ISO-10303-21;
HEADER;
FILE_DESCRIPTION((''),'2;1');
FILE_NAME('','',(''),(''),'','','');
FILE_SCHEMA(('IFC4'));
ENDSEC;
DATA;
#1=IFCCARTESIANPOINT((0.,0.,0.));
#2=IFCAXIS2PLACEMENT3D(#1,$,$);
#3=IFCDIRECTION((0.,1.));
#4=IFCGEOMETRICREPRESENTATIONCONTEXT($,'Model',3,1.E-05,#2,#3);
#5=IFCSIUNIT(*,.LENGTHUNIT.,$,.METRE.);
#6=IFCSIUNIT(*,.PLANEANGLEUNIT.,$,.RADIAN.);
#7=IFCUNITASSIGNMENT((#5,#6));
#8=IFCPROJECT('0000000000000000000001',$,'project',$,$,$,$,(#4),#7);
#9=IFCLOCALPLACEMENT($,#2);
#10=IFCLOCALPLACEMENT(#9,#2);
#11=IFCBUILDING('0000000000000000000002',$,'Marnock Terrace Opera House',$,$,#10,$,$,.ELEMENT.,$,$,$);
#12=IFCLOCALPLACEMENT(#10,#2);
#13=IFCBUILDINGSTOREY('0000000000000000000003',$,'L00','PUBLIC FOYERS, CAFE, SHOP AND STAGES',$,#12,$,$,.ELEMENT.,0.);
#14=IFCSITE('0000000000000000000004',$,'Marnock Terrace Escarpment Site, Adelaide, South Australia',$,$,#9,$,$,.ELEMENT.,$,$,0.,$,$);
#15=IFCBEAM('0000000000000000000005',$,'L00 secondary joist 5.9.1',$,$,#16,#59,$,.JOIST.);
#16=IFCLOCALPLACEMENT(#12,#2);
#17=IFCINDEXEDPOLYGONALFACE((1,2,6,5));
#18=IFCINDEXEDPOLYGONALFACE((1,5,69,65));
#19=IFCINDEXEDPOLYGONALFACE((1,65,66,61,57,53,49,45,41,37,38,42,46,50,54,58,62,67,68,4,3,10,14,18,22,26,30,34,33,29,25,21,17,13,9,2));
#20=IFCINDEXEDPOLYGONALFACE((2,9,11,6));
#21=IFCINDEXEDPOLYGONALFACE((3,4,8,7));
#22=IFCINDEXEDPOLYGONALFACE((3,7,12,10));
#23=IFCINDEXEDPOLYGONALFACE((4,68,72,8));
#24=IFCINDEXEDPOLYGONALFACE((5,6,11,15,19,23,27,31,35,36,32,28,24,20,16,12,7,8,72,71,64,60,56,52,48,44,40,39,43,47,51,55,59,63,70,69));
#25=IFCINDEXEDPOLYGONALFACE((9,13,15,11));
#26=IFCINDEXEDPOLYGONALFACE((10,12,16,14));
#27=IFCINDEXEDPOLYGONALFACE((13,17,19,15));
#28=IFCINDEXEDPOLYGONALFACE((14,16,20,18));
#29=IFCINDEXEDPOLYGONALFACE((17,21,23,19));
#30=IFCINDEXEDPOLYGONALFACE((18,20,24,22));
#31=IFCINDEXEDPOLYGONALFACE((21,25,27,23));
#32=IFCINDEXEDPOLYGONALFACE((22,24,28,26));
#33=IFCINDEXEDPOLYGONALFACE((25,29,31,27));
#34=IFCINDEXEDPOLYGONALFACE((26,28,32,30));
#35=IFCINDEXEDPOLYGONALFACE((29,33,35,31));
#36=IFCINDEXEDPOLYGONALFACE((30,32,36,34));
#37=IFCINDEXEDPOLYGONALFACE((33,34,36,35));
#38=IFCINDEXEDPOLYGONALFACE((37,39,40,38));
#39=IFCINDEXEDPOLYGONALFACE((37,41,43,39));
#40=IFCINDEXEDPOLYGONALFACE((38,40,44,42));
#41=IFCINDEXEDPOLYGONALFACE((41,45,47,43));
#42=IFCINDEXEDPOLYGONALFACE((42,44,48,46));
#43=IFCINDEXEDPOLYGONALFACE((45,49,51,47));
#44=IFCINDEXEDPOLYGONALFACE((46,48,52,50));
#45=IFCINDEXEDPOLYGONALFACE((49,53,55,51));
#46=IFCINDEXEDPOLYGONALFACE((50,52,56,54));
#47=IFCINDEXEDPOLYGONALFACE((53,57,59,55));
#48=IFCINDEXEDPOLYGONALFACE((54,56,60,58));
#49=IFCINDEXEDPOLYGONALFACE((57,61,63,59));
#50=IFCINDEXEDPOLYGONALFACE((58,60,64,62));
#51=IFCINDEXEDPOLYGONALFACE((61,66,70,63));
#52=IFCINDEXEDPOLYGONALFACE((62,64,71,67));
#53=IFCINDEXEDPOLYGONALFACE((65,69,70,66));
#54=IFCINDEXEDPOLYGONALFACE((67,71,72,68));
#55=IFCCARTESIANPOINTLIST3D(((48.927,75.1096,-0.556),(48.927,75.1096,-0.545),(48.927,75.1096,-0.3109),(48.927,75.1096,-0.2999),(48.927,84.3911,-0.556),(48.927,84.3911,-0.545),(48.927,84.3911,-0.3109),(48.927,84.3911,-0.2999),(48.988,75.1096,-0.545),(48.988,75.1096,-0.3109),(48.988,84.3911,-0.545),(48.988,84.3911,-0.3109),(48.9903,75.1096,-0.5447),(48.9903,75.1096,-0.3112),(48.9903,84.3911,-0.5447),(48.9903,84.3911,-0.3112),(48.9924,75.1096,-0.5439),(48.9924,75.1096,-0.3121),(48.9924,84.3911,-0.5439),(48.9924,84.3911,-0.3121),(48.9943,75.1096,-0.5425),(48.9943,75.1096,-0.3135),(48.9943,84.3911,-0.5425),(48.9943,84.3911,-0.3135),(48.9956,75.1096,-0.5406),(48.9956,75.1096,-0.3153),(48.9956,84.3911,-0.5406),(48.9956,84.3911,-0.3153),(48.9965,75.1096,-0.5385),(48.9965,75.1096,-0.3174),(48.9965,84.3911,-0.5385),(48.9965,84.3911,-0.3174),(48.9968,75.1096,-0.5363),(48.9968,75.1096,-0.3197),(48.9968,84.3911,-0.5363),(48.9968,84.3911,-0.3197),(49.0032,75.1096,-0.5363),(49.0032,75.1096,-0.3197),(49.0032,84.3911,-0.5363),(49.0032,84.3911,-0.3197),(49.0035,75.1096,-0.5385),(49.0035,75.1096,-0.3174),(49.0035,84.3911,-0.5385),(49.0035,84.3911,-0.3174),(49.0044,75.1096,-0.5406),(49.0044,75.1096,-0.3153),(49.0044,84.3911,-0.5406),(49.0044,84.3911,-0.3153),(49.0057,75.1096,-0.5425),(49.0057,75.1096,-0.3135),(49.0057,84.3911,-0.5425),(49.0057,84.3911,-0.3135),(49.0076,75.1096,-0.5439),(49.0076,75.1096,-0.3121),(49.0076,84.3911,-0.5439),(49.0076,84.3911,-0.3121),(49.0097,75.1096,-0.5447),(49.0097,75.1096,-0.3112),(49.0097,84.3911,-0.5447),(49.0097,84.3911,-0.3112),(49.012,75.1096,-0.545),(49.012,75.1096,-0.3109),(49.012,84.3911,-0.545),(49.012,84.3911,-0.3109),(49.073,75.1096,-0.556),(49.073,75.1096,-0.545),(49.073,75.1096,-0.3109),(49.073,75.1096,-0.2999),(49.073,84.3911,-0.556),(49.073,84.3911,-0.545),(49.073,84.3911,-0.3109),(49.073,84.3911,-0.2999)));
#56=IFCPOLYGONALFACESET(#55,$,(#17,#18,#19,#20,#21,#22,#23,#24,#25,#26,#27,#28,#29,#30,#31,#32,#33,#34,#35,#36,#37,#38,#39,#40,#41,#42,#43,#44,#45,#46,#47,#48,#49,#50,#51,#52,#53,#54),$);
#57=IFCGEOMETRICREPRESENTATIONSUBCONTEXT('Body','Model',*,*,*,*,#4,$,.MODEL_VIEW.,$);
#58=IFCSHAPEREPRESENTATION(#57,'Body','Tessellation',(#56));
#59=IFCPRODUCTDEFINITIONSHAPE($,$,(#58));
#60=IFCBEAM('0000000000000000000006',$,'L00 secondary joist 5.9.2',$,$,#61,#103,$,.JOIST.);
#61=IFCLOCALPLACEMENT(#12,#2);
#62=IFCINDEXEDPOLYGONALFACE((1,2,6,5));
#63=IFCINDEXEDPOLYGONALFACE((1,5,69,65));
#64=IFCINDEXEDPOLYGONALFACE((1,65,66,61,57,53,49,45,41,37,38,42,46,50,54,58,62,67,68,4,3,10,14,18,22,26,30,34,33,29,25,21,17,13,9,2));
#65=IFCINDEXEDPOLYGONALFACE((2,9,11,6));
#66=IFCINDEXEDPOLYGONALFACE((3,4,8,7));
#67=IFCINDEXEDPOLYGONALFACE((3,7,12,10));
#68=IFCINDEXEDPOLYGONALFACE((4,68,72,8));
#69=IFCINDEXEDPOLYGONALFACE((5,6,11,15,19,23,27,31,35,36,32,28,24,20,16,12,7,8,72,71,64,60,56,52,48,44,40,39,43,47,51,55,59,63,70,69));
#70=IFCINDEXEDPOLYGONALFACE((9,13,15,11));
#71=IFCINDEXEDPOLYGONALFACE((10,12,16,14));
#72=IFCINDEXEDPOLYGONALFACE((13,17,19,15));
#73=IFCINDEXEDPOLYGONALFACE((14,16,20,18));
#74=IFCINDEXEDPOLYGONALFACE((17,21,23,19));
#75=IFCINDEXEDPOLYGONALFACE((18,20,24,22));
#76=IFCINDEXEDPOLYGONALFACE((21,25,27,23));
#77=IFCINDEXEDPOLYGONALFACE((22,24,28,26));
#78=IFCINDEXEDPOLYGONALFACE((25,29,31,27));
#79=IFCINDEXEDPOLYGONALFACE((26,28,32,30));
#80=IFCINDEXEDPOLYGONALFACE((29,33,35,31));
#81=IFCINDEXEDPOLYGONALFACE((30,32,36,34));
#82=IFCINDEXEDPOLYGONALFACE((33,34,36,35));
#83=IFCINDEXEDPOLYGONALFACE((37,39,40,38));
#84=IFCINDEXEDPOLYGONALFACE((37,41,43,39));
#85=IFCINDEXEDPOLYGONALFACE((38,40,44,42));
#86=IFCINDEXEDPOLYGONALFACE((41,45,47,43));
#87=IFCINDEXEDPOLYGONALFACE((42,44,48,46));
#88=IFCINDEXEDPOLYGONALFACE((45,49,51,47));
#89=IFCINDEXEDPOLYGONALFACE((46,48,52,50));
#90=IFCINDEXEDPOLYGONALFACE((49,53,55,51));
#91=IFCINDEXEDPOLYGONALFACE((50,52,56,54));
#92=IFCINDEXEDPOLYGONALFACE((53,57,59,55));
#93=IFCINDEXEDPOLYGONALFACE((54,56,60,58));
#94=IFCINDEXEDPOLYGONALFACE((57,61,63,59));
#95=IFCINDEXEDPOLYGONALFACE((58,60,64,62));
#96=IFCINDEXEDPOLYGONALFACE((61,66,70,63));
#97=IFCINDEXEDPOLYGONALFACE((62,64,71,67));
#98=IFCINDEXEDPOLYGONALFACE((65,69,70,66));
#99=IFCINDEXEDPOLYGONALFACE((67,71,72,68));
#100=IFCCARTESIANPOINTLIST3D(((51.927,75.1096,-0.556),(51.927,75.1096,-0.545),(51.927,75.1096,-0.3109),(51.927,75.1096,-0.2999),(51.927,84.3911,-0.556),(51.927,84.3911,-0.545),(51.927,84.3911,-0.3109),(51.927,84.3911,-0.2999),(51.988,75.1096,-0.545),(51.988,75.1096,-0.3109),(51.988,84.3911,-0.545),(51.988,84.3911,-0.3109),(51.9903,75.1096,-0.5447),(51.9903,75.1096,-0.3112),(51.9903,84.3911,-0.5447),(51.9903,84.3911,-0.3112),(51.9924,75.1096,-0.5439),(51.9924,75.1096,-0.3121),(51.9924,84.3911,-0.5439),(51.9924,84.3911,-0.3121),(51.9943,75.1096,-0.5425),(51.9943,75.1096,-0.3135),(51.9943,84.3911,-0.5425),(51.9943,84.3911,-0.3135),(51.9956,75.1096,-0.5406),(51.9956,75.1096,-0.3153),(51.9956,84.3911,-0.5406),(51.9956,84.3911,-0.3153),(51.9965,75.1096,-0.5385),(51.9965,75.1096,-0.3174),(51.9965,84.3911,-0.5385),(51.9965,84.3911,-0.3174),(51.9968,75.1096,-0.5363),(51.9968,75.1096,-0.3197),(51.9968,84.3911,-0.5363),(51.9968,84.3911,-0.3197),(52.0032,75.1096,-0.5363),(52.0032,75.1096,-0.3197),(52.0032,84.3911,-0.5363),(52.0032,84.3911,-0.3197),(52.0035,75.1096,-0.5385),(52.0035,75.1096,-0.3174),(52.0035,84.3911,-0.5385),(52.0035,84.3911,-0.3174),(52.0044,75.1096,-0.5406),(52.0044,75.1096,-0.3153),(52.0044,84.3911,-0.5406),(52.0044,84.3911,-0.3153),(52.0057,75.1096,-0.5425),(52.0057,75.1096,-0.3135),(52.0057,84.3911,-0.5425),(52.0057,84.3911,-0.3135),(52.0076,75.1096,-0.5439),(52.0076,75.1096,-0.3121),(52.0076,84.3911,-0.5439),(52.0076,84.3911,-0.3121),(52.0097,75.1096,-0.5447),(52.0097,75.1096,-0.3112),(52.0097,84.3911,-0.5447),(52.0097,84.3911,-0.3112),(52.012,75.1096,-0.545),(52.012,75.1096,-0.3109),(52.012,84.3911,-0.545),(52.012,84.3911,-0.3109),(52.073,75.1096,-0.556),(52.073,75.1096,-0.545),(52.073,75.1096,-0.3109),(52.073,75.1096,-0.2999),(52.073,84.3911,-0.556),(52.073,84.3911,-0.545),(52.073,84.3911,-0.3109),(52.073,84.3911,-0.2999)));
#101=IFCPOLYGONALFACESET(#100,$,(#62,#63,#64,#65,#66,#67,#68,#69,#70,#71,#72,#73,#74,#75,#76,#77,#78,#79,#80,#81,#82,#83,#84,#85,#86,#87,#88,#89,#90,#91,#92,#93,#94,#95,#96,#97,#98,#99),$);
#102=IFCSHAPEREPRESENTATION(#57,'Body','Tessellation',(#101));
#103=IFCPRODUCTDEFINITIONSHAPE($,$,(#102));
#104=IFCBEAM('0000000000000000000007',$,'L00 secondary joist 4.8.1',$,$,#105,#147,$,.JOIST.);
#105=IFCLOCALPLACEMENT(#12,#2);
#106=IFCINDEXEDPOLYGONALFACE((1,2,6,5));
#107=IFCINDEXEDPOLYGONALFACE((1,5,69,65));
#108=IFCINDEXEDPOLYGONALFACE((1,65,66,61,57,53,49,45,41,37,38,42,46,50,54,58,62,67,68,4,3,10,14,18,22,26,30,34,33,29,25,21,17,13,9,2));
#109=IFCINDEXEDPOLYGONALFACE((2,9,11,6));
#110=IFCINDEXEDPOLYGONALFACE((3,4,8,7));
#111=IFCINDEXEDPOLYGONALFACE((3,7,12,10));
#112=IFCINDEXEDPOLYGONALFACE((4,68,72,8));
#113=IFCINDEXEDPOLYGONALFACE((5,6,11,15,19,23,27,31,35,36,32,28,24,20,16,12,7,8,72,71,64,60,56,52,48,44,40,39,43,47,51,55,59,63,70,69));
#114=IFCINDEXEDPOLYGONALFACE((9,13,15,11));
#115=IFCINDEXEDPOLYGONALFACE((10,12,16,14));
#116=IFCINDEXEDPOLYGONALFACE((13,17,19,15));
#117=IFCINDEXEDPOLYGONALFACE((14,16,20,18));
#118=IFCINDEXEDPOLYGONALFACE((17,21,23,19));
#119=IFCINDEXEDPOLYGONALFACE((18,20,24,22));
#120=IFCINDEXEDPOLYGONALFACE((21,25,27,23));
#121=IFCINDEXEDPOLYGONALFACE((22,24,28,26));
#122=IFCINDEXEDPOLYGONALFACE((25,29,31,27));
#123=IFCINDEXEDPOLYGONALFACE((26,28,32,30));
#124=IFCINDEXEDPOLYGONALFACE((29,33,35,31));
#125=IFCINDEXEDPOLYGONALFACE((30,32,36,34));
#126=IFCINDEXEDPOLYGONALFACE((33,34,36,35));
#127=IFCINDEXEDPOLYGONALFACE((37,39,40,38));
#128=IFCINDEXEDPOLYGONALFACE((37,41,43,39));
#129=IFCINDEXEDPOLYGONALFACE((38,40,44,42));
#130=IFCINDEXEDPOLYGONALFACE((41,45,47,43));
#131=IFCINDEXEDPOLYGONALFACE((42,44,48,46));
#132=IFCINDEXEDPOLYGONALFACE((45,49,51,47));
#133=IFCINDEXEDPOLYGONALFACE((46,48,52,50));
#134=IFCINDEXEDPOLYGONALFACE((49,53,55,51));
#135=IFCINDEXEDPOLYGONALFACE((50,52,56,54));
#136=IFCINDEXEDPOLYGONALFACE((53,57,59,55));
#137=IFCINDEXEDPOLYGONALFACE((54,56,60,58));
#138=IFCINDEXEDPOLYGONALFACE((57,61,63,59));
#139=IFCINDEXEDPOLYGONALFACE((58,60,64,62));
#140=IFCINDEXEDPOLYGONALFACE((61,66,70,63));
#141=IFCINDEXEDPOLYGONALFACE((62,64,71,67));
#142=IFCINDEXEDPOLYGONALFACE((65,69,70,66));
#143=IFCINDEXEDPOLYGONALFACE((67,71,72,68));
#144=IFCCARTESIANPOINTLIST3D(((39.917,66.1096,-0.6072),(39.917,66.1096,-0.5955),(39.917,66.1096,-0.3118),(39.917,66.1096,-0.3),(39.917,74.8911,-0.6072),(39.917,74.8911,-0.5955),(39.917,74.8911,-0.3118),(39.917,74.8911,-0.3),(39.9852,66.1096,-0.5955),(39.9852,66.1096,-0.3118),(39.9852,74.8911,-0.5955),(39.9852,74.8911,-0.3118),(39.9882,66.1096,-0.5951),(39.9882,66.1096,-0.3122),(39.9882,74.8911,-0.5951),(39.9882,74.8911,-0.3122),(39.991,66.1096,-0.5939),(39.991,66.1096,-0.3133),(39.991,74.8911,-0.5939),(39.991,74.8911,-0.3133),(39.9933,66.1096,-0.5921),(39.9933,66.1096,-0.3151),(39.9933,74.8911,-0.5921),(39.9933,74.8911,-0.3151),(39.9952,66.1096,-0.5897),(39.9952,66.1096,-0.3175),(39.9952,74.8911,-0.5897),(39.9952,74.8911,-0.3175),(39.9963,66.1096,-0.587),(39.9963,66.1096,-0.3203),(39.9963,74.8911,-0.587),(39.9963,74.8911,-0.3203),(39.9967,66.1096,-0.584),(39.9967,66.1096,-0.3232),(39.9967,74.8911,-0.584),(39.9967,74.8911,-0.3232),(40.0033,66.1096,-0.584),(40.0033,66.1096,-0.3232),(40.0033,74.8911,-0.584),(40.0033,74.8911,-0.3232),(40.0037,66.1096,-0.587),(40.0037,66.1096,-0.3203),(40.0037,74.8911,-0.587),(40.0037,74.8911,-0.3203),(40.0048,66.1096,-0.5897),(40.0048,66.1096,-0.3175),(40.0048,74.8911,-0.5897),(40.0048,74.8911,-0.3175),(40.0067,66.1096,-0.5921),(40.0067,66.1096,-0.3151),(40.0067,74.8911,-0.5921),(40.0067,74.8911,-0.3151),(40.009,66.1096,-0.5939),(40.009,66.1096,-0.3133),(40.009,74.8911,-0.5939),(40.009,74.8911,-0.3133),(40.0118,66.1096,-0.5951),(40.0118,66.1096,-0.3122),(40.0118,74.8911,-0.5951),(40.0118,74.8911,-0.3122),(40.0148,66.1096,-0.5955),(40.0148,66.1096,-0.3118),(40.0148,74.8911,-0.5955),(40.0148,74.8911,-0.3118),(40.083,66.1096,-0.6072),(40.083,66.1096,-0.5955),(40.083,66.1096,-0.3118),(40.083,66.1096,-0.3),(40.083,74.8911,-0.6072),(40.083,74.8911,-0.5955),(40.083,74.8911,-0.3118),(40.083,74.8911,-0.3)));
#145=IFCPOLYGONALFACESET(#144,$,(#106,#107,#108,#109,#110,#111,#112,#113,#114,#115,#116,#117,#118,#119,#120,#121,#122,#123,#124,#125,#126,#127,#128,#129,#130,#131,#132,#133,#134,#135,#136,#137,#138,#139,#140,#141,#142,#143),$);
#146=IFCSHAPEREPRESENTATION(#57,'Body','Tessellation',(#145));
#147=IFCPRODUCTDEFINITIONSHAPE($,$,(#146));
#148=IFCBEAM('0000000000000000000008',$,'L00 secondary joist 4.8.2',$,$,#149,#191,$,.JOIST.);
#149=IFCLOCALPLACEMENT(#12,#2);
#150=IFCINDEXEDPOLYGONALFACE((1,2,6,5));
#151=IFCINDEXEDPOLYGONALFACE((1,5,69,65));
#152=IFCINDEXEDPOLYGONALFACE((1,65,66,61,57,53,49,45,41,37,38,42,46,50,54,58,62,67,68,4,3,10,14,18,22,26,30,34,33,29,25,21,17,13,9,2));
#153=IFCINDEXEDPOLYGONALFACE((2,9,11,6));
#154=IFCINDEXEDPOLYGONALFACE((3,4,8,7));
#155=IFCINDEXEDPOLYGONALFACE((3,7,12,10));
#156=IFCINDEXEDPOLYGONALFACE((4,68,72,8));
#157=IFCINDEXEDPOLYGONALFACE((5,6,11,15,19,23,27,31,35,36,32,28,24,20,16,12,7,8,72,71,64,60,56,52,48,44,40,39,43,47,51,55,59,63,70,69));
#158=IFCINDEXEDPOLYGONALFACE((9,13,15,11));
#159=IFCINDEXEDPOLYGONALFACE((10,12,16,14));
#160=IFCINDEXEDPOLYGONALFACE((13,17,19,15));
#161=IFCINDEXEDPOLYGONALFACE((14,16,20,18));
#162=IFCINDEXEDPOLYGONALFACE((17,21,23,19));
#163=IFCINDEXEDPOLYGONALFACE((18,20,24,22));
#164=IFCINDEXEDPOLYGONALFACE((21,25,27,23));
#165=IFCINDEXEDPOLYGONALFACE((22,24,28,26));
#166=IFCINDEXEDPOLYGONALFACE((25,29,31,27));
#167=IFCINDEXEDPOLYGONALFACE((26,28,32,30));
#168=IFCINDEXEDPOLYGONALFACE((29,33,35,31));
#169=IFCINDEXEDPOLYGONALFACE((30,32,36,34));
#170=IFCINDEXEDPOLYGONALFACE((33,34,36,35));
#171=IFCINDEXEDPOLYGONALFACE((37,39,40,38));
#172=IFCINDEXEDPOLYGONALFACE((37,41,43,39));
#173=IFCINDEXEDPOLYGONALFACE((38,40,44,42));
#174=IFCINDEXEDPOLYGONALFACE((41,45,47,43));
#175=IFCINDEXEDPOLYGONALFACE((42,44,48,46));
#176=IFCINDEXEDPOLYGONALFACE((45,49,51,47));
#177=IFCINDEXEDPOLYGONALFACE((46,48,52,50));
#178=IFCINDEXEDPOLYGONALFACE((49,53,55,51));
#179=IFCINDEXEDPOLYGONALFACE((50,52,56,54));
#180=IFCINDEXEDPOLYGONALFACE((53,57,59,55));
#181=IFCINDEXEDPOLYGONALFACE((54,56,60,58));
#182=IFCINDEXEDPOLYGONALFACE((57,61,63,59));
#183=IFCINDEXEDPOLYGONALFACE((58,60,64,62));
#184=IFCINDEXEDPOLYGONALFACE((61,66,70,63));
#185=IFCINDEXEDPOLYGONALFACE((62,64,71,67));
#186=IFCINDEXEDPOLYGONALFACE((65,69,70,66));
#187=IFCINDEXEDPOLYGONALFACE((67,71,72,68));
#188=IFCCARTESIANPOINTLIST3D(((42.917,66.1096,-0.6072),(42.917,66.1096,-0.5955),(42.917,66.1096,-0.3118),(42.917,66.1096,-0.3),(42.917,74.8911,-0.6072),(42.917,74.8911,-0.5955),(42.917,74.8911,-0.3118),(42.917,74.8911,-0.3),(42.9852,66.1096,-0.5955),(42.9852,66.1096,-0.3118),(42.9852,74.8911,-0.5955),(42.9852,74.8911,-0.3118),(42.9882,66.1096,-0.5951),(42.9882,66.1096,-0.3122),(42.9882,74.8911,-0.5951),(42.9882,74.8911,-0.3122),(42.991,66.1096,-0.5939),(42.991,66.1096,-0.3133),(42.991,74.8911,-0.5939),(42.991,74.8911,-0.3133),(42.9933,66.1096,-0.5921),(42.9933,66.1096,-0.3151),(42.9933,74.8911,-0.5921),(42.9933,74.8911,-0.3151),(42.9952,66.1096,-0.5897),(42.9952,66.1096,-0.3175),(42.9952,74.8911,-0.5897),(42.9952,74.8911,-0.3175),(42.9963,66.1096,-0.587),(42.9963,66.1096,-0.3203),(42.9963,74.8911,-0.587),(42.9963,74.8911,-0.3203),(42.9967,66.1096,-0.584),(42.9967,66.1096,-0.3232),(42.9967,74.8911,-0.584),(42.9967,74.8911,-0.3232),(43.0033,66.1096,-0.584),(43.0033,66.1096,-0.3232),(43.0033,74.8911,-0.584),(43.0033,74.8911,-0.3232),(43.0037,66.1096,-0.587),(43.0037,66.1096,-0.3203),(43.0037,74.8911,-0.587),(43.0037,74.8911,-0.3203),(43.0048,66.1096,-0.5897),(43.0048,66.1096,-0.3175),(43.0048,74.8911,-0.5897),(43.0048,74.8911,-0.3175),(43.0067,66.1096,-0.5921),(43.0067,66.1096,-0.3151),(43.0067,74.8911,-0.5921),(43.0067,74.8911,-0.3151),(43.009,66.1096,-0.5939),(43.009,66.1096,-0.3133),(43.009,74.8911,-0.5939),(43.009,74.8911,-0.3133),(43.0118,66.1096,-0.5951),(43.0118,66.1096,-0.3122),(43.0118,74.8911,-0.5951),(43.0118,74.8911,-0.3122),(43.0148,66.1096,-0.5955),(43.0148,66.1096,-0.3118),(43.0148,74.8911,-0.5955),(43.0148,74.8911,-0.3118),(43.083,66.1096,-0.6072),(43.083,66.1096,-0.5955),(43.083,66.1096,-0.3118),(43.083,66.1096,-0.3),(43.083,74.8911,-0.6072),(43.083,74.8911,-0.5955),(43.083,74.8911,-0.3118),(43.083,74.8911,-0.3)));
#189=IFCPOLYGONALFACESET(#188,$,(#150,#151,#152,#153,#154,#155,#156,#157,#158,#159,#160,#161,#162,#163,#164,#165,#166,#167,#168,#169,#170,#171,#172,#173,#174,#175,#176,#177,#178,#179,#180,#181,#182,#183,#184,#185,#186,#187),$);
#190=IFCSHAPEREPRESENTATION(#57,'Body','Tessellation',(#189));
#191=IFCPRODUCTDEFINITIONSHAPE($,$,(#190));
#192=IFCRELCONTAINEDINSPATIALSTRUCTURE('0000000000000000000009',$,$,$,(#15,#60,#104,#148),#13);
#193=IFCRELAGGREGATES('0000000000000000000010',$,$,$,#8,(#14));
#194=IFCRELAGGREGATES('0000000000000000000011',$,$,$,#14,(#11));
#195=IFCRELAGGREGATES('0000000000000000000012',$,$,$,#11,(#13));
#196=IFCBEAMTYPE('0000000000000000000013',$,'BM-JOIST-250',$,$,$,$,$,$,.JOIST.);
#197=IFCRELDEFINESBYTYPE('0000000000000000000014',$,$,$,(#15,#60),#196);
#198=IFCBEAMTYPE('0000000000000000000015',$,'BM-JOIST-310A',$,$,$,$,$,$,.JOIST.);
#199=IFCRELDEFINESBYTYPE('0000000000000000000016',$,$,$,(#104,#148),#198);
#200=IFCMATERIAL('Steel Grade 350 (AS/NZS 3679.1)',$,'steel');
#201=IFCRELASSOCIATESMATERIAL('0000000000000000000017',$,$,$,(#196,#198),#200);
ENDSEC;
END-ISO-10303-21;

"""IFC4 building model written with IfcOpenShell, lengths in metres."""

from ifc_helpers import new_model, si_unit, direction, frame, origin, origin_2d, place, context, subcontext, project, spatial, i_section, extrude, material, material_profile, profile_set, type_object, element, save


model = new_model("IFC4")

# Units and contexts
model_context = context("Model", 3, precision=1e-05, world=origin(), true_north=direction((0.0, 1.0)))
body_context = subcontext(model_context, "Body", "Model", "MODEL_VIEW")
ifc_project = project(units=[si_unit("LENGTHUNIT", "METRE"), si_unit("PLANEANGLEUNIT", "RADIAN")], contexts=[model_context])

# Site, building, storey
site_placement = place(None, origin())
site = spatial("IfcSite", under=ifc_project, at=site_placement, Name="Marnock Terrace Escarpment Site, Adelaide, South Australia", CompositionType="ELEMENT", RefElevation=0.0)
building_placement = place(site_placement, origin())
building = spatial("IfcBuilding", under=site, at=building_placement, Name="Marnock Terrace Opera House", CompositionType="ELEMENT")
storey_placement = place(building_placement, origin())
storey = spatial("IfcBuildingStorey", under=building, at=storey_placement, Name="L00", Description="PUBLIC FOYERS, CAFE, SHOP AND STAGES", CompositionType="ELEMENT", Elevation=0.0)

# Beams
ifc_material_1 = material(Name="Steel Grade 350 (AS/NZS 3679.1)", Category="steel")
ifc_material_profile_1 = material_profile(ifc_material_1, i_section(OverallWidth=0.146, OverallDepth=0.2561, WebThickness=0.0063, FlangeThickness=0.011, FilletRadius=0.0088, at=origin_2d()))
ifc_profile_set_1 = profile_set([ifc_material_profile_1], Name="Steel Grade 350 (AS/NZS 3679.1)")
beam_type_1 = type_object("IfcBeamType", Name="BM-JOIST-250", PredefinedType="JOIST", material=ifc_profile_set_1)
for number, where, z_axis, x_axis, name in (
    (1, (49.0, 75.1096, -0.428), (0.0, 1.0, 0.0), (-1.0, 0.0, 0.0), "L00 secondary joist 5.9.1"),
    (2, (52.0, 75.1096, -0.428), (0.0, 1.0, 0.0), (-1.0, 0.0, 0.0), "L00 secondary joist 5.9.2"),
):
    element("IfcBeam", number, at=place(storey_placement, frame(where, z_axis=z_axis, x_axis=x_axis)), inside=storey, type_object=beam_type_1, Name=name, PredefinedType="JOIST", context=body_context, shape_type="SweptSolid", body=[
        extrude(i_section(OverallWidth=0.146, OverallDepth=0.2561, WebThickness=0.0063, FlangeThickness=0.011, FilletRadius=0.0088, at=origin_2d()), origin(), (0.0, 0.0, 1.0), 9.2815),
    ])
ifc_material_profile_2 = material_profile(ifc_material_1, i_section(OverallWidth=0.166, OverallDepth=0.3071, WebThickness=0.0066, FlangeThickness=0.0117, FilletRadius=0.0115, at=origin_2d()))
ifc_profile_set_2 = profile_set([ifc_material_profile_2], Name="Steel Grade 350 (AS/NZS 3679.1)")
beam_type_2 = type_object("IfcBeamType", Name="BM-JOIST-310A", PredefinedType="JOIST", material=ifc_profile_set_2)
for number, where, z_axis, x_axis, name in (
    (3, (40.0, 66.1096, -0.4536), (0.0, 1.0, 0.0), (-1.0, 0.0, 0.0), "L00 secondary joist 4.8.1"),
    (4, (43.0, 66.1096, -0.4536), (0.0, 1.0, 0.0), (-1.0, 0.0, 0.0), "L00 secondary joist 4.8.2"),
):
    element("IfcBeam", number, at=place(storey_placement, frame(where, z_axis=z_axis, x_axis=x_axis)), inside=storey, type_object=beam_type_2, Name=name, PredefinedType="JOIST", context=body_context, shape_type="SweptSolid", body=[
        extrude(i_section(OverallWidth=0.166, OverallDepth=0.3071, WebThickness=0.0066, FlangeThickness=0.0117, FilletRadius=0.0115, at=origin_2d()), origin(), (0.0, 0.0, 1.0), 8.7815),
    ])

save(model, "model.ifc")
